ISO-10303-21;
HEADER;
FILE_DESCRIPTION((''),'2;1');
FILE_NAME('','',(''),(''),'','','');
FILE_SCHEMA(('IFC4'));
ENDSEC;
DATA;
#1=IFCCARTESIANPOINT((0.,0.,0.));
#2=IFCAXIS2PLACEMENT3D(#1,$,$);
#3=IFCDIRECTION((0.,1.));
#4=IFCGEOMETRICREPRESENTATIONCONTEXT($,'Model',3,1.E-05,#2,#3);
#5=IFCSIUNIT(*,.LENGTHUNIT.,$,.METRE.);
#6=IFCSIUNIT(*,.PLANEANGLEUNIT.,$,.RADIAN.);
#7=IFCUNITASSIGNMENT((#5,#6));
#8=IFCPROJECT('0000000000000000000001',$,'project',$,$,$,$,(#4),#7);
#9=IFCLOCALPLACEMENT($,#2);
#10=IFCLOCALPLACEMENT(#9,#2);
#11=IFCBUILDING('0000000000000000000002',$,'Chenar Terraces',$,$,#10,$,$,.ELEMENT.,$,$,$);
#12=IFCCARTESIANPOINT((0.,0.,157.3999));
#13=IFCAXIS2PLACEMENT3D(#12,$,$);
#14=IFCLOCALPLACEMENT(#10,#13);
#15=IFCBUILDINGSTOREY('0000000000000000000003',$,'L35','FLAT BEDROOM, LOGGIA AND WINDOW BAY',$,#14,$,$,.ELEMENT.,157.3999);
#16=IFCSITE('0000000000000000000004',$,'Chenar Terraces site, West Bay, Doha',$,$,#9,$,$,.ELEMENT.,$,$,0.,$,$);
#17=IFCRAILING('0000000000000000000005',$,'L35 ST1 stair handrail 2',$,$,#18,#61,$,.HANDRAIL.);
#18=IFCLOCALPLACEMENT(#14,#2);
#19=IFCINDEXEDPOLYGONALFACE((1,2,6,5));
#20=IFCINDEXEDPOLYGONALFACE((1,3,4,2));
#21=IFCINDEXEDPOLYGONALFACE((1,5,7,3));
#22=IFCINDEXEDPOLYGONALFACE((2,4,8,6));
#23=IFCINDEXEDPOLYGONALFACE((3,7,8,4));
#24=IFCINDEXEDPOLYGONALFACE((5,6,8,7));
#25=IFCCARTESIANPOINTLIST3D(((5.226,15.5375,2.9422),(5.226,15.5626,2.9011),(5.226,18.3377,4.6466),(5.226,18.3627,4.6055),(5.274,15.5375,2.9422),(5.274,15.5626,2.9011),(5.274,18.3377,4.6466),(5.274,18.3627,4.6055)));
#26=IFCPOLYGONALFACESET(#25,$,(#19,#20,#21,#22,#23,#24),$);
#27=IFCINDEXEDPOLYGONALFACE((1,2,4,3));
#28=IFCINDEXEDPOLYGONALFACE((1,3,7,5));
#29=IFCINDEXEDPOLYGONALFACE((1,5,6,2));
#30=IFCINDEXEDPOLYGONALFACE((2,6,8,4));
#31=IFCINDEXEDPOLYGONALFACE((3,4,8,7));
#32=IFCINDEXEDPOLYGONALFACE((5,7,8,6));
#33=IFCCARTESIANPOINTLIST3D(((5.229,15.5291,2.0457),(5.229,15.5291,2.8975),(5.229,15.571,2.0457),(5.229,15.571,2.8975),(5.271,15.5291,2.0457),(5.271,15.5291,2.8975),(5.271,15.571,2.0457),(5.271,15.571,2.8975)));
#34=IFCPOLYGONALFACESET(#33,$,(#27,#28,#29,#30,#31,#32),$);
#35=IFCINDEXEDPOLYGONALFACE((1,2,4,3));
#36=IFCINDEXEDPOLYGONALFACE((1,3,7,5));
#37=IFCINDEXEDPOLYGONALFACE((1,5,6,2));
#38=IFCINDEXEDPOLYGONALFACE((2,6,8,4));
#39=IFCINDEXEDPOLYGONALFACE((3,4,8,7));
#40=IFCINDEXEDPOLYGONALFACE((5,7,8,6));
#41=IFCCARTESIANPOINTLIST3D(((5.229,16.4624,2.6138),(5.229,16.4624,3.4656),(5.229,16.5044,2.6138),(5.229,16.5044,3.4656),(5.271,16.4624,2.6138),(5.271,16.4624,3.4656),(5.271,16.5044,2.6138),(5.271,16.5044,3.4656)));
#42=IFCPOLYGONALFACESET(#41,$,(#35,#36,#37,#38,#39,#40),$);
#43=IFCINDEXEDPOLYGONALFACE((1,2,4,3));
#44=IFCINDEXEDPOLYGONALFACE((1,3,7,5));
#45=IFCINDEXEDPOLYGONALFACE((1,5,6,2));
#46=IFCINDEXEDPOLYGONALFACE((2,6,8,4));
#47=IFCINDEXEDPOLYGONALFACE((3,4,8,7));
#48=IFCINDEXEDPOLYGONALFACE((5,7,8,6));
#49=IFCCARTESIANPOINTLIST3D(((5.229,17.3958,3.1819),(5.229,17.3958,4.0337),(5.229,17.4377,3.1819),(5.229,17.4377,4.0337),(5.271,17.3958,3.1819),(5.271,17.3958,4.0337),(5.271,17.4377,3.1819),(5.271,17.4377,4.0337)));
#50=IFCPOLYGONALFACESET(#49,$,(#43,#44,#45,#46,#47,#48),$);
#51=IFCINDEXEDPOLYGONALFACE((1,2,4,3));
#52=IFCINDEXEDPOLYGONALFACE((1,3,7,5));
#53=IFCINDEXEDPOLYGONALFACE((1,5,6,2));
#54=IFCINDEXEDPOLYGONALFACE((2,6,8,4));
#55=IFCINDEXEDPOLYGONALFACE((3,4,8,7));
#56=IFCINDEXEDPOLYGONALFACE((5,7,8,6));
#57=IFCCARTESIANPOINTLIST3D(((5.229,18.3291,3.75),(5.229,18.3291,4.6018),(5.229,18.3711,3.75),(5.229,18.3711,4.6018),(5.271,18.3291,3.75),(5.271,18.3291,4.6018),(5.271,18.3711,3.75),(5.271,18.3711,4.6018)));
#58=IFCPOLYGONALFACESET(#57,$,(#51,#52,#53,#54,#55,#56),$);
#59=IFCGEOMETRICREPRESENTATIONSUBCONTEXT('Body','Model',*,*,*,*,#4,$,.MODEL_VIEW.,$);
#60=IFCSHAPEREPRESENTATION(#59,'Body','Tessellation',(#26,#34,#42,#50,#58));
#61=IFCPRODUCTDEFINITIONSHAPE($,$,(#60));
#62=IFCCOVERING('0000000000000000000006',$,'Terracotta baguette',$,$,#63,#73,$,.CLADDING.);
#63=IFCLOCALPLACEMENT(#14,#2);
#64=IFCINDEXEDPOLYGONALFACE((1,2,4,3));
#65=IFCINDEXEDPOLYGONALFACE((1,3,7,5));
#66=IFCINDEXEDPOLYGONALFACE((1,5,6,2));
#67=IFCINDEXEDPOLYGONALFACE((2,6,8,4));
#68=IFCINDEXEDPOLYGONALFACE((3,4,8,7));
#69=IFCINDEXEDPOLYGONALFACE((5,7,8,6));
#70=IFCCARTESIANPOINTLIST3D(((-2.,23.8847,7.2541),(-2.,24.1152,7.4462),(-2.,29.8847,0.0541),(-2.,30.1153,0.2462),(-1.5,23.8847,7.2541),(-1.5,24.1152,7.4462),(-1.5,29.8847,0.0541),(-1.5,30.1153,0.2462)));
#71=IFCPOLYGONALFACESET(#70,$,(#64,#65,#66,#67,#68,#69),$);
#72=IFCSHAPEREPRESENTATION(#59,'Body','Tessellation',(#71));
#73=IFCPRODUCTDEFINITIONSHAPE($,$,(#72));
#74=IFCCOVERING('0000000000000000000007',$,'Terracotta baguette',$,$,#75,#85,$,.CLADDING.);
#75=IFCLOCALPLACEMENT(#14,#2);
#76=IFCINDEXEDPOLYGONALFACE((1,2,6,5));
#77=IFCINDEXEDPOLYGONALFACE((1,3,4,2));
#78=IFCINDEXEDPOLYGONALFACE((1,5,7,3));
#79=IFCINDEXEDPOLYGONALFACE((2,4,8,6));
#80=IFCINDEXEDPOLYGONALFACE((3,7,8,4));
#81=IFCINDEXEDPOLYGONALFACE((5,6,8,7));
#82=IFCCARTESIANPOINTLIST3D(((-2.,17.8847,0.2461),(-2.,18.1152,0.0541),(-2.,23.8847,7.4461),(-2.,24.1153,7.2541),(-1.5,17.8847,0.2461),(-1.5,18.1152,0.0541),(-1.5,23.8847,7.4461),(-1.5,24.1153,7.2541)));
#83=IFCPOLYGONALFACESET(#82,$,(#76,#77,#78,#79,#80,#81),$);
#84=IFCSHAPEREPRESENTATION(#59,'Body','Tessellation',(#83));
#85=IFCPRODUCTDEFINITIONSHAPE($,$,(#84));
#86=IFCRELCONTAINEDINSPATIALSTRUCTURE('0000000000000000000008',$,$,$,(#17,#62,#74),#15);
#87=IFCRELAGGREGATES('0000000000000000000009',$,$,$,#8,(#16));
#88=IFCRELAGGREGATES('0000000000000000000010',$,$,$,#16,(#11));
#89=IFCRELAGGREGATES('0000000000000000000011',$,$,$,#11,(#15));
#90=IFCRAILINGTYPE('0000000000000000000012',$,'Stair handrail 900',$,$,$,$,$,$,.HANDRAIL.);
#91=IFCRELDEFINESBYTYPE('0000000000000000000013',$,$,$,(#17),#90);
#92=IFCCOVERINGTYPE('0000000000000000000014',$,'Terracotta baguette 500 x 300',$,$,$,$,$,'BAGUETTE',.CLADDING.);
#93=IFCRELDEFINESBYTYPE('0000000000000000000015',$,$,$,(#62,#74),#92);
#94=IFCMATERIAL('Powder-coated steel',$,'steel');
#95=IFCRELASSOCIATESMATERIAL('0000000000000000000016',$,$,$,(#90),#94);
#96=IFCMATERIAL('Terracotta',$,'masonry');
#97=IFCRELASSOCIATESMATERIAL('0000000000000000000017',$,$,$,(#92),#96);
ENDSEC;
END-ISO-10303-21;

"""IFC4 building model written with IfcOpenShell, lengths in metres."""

from ifc_helpers import new_model, si_unit, direction, frame, origin, origin_2d, place, context, subcontext, project, spatial, rectangle, extrude, material, material_profile, profile_set, type_object, element, save


model = new_model("IFC4")

# Units and contexts
model_context = context("Model", 3, precision=1e-05, world=origin(), true_north=direction((0.0, 1.0)))
body_context = subcontext(model_context, "Body", "Model", "MODEL_VIEW")
ifc_project = project(units=[si_unit("LENGTHUNIT", "METRE"), si_unit("PLANEANGLEUNIT", "RADIAN")], contexts=[model_context])

# Site, building, storey
site_placement = place(None, origin())
site = spatial("IfcSite", under=ifc_project, at=site_placement, Name="Chenar Terraces site, West Bay, Doha", CompositionType="ELEMENT", RefElevation=0.0)
building_placement = place(site_placement, origin())
building = spatial("IfcBuilding", under=site, at=building_placement, Name="Chenar Terraces", CompositionType="ELEMENT")
storey_placement = place(building_placement, frame((0.0, 0.0, 157.3999)))
storey = spatial("IfcBuildingStorey", under=building, at=storey_placement, Name="L35", Description="FLAT BEDROOM, LOGGIA AND WINDOW BAY", CompositionType="ELEMENT", Elevation=157.3999)

# Railing
ifc_material_1 = material(Name="Powder-coated steel", Category="steel")
railing_type_1 = type_object("IfcRailingType", Name="Stair handrail 900", PredefinedType="HANDRAIL", material=ifc_material_1)
railing_1_placement = place(storey_placement, frame((5.25, 15.55, 2.0457)))
element("IfcRailing", 1, at=railing_1_placement, inside=storey, type_object=railing_type_1, Name="L35 ST1 stair handrail 2", PredefinedType="HANDRAIL", context=body_context, shape_type="SweptSolid", body=[
    extrude(rectangle(XDim=0.0481, YDim=0.0481, at=origin_2d()), frame((0.0, 0.0, 0.876), z_axis=(0.0, 0.854203, 0.51994), x_axis=(-1.0, 0.0, 0.0)), (0.0, 0.0, 1.0), 3.2781),
    extrude(rectangle(XDim=0.042, YDim=0.042, at=origin_2d()), origin(), (0.0, 0.0, 1.0), 0.8518),
    extrude(rectangle(XDim=0.042, YDim=0.042, at=origin_2d()), frame((0.0, 0.9333, 0.5681)), (0.0, 0.0, 1.0), 0.8518),
    extrude(rectangle(XDim=0.042, YDim=0.042, at=origin_2d()), frame((0.0, 1.8667, 1.1362)), (0.0, 0.0, 1.0), 0.8518),
    extrude(rectangle(XDim=0.042, YDim=0.042, at=origin_2d()), frame((0.0, 2.8, 1.7043)), (0.0, 0.0, 1.0), 0.8518),
])

# Coverings
ifc_material_2 = material(Name="Terracotta", Category="masonry")
ifc_material_profile_1 = material_profile(ifc_material_2, rectangle(XDim=0.5, YDim=0.3, at=origin_2d()), Name="Terracotta baguette 500 x 300")
ifc_profile_set_1 = profile_set([ifc_material_profile_1], Name="Terracotta")
covering_type = type_object("IfcCoveringType", Name="Terracotta baguette 500 x 300", ElementType="BAGUETTE", PredefinedType="CLADDING", material=ifc_profile_set_1)
for number, where, z_axis, x_axis, name in (
    (2, (-1.75, 30.0, 0.1501), (0.0, -0.640187, 0.768219), (1.0, 0.0, 0.0), "Terracotta baguette"),
    (3, (-1.75, 24.0, 7.3501), (0.0, -0.640187, -0.768219), (1.0, 0.0, 0.0), "Terracotta baguette"),
):
    element("IfcCovering", number, at=place(storey_placement, frame(where, z_axis=z_axis, x_axis=x_axis)), inside=storey, type_object=covering_type, Name=name, PredefinedType="CLADDING", context=body_context, shape_type="SweptSolid", body=[
        extrude(rectangle(XDim=0.5, YDim=0.3, at=origin_2d()), origin(), (0.0, 0.0, 1.0), 9.3723),
    ])

save(model, "model.ifc")
